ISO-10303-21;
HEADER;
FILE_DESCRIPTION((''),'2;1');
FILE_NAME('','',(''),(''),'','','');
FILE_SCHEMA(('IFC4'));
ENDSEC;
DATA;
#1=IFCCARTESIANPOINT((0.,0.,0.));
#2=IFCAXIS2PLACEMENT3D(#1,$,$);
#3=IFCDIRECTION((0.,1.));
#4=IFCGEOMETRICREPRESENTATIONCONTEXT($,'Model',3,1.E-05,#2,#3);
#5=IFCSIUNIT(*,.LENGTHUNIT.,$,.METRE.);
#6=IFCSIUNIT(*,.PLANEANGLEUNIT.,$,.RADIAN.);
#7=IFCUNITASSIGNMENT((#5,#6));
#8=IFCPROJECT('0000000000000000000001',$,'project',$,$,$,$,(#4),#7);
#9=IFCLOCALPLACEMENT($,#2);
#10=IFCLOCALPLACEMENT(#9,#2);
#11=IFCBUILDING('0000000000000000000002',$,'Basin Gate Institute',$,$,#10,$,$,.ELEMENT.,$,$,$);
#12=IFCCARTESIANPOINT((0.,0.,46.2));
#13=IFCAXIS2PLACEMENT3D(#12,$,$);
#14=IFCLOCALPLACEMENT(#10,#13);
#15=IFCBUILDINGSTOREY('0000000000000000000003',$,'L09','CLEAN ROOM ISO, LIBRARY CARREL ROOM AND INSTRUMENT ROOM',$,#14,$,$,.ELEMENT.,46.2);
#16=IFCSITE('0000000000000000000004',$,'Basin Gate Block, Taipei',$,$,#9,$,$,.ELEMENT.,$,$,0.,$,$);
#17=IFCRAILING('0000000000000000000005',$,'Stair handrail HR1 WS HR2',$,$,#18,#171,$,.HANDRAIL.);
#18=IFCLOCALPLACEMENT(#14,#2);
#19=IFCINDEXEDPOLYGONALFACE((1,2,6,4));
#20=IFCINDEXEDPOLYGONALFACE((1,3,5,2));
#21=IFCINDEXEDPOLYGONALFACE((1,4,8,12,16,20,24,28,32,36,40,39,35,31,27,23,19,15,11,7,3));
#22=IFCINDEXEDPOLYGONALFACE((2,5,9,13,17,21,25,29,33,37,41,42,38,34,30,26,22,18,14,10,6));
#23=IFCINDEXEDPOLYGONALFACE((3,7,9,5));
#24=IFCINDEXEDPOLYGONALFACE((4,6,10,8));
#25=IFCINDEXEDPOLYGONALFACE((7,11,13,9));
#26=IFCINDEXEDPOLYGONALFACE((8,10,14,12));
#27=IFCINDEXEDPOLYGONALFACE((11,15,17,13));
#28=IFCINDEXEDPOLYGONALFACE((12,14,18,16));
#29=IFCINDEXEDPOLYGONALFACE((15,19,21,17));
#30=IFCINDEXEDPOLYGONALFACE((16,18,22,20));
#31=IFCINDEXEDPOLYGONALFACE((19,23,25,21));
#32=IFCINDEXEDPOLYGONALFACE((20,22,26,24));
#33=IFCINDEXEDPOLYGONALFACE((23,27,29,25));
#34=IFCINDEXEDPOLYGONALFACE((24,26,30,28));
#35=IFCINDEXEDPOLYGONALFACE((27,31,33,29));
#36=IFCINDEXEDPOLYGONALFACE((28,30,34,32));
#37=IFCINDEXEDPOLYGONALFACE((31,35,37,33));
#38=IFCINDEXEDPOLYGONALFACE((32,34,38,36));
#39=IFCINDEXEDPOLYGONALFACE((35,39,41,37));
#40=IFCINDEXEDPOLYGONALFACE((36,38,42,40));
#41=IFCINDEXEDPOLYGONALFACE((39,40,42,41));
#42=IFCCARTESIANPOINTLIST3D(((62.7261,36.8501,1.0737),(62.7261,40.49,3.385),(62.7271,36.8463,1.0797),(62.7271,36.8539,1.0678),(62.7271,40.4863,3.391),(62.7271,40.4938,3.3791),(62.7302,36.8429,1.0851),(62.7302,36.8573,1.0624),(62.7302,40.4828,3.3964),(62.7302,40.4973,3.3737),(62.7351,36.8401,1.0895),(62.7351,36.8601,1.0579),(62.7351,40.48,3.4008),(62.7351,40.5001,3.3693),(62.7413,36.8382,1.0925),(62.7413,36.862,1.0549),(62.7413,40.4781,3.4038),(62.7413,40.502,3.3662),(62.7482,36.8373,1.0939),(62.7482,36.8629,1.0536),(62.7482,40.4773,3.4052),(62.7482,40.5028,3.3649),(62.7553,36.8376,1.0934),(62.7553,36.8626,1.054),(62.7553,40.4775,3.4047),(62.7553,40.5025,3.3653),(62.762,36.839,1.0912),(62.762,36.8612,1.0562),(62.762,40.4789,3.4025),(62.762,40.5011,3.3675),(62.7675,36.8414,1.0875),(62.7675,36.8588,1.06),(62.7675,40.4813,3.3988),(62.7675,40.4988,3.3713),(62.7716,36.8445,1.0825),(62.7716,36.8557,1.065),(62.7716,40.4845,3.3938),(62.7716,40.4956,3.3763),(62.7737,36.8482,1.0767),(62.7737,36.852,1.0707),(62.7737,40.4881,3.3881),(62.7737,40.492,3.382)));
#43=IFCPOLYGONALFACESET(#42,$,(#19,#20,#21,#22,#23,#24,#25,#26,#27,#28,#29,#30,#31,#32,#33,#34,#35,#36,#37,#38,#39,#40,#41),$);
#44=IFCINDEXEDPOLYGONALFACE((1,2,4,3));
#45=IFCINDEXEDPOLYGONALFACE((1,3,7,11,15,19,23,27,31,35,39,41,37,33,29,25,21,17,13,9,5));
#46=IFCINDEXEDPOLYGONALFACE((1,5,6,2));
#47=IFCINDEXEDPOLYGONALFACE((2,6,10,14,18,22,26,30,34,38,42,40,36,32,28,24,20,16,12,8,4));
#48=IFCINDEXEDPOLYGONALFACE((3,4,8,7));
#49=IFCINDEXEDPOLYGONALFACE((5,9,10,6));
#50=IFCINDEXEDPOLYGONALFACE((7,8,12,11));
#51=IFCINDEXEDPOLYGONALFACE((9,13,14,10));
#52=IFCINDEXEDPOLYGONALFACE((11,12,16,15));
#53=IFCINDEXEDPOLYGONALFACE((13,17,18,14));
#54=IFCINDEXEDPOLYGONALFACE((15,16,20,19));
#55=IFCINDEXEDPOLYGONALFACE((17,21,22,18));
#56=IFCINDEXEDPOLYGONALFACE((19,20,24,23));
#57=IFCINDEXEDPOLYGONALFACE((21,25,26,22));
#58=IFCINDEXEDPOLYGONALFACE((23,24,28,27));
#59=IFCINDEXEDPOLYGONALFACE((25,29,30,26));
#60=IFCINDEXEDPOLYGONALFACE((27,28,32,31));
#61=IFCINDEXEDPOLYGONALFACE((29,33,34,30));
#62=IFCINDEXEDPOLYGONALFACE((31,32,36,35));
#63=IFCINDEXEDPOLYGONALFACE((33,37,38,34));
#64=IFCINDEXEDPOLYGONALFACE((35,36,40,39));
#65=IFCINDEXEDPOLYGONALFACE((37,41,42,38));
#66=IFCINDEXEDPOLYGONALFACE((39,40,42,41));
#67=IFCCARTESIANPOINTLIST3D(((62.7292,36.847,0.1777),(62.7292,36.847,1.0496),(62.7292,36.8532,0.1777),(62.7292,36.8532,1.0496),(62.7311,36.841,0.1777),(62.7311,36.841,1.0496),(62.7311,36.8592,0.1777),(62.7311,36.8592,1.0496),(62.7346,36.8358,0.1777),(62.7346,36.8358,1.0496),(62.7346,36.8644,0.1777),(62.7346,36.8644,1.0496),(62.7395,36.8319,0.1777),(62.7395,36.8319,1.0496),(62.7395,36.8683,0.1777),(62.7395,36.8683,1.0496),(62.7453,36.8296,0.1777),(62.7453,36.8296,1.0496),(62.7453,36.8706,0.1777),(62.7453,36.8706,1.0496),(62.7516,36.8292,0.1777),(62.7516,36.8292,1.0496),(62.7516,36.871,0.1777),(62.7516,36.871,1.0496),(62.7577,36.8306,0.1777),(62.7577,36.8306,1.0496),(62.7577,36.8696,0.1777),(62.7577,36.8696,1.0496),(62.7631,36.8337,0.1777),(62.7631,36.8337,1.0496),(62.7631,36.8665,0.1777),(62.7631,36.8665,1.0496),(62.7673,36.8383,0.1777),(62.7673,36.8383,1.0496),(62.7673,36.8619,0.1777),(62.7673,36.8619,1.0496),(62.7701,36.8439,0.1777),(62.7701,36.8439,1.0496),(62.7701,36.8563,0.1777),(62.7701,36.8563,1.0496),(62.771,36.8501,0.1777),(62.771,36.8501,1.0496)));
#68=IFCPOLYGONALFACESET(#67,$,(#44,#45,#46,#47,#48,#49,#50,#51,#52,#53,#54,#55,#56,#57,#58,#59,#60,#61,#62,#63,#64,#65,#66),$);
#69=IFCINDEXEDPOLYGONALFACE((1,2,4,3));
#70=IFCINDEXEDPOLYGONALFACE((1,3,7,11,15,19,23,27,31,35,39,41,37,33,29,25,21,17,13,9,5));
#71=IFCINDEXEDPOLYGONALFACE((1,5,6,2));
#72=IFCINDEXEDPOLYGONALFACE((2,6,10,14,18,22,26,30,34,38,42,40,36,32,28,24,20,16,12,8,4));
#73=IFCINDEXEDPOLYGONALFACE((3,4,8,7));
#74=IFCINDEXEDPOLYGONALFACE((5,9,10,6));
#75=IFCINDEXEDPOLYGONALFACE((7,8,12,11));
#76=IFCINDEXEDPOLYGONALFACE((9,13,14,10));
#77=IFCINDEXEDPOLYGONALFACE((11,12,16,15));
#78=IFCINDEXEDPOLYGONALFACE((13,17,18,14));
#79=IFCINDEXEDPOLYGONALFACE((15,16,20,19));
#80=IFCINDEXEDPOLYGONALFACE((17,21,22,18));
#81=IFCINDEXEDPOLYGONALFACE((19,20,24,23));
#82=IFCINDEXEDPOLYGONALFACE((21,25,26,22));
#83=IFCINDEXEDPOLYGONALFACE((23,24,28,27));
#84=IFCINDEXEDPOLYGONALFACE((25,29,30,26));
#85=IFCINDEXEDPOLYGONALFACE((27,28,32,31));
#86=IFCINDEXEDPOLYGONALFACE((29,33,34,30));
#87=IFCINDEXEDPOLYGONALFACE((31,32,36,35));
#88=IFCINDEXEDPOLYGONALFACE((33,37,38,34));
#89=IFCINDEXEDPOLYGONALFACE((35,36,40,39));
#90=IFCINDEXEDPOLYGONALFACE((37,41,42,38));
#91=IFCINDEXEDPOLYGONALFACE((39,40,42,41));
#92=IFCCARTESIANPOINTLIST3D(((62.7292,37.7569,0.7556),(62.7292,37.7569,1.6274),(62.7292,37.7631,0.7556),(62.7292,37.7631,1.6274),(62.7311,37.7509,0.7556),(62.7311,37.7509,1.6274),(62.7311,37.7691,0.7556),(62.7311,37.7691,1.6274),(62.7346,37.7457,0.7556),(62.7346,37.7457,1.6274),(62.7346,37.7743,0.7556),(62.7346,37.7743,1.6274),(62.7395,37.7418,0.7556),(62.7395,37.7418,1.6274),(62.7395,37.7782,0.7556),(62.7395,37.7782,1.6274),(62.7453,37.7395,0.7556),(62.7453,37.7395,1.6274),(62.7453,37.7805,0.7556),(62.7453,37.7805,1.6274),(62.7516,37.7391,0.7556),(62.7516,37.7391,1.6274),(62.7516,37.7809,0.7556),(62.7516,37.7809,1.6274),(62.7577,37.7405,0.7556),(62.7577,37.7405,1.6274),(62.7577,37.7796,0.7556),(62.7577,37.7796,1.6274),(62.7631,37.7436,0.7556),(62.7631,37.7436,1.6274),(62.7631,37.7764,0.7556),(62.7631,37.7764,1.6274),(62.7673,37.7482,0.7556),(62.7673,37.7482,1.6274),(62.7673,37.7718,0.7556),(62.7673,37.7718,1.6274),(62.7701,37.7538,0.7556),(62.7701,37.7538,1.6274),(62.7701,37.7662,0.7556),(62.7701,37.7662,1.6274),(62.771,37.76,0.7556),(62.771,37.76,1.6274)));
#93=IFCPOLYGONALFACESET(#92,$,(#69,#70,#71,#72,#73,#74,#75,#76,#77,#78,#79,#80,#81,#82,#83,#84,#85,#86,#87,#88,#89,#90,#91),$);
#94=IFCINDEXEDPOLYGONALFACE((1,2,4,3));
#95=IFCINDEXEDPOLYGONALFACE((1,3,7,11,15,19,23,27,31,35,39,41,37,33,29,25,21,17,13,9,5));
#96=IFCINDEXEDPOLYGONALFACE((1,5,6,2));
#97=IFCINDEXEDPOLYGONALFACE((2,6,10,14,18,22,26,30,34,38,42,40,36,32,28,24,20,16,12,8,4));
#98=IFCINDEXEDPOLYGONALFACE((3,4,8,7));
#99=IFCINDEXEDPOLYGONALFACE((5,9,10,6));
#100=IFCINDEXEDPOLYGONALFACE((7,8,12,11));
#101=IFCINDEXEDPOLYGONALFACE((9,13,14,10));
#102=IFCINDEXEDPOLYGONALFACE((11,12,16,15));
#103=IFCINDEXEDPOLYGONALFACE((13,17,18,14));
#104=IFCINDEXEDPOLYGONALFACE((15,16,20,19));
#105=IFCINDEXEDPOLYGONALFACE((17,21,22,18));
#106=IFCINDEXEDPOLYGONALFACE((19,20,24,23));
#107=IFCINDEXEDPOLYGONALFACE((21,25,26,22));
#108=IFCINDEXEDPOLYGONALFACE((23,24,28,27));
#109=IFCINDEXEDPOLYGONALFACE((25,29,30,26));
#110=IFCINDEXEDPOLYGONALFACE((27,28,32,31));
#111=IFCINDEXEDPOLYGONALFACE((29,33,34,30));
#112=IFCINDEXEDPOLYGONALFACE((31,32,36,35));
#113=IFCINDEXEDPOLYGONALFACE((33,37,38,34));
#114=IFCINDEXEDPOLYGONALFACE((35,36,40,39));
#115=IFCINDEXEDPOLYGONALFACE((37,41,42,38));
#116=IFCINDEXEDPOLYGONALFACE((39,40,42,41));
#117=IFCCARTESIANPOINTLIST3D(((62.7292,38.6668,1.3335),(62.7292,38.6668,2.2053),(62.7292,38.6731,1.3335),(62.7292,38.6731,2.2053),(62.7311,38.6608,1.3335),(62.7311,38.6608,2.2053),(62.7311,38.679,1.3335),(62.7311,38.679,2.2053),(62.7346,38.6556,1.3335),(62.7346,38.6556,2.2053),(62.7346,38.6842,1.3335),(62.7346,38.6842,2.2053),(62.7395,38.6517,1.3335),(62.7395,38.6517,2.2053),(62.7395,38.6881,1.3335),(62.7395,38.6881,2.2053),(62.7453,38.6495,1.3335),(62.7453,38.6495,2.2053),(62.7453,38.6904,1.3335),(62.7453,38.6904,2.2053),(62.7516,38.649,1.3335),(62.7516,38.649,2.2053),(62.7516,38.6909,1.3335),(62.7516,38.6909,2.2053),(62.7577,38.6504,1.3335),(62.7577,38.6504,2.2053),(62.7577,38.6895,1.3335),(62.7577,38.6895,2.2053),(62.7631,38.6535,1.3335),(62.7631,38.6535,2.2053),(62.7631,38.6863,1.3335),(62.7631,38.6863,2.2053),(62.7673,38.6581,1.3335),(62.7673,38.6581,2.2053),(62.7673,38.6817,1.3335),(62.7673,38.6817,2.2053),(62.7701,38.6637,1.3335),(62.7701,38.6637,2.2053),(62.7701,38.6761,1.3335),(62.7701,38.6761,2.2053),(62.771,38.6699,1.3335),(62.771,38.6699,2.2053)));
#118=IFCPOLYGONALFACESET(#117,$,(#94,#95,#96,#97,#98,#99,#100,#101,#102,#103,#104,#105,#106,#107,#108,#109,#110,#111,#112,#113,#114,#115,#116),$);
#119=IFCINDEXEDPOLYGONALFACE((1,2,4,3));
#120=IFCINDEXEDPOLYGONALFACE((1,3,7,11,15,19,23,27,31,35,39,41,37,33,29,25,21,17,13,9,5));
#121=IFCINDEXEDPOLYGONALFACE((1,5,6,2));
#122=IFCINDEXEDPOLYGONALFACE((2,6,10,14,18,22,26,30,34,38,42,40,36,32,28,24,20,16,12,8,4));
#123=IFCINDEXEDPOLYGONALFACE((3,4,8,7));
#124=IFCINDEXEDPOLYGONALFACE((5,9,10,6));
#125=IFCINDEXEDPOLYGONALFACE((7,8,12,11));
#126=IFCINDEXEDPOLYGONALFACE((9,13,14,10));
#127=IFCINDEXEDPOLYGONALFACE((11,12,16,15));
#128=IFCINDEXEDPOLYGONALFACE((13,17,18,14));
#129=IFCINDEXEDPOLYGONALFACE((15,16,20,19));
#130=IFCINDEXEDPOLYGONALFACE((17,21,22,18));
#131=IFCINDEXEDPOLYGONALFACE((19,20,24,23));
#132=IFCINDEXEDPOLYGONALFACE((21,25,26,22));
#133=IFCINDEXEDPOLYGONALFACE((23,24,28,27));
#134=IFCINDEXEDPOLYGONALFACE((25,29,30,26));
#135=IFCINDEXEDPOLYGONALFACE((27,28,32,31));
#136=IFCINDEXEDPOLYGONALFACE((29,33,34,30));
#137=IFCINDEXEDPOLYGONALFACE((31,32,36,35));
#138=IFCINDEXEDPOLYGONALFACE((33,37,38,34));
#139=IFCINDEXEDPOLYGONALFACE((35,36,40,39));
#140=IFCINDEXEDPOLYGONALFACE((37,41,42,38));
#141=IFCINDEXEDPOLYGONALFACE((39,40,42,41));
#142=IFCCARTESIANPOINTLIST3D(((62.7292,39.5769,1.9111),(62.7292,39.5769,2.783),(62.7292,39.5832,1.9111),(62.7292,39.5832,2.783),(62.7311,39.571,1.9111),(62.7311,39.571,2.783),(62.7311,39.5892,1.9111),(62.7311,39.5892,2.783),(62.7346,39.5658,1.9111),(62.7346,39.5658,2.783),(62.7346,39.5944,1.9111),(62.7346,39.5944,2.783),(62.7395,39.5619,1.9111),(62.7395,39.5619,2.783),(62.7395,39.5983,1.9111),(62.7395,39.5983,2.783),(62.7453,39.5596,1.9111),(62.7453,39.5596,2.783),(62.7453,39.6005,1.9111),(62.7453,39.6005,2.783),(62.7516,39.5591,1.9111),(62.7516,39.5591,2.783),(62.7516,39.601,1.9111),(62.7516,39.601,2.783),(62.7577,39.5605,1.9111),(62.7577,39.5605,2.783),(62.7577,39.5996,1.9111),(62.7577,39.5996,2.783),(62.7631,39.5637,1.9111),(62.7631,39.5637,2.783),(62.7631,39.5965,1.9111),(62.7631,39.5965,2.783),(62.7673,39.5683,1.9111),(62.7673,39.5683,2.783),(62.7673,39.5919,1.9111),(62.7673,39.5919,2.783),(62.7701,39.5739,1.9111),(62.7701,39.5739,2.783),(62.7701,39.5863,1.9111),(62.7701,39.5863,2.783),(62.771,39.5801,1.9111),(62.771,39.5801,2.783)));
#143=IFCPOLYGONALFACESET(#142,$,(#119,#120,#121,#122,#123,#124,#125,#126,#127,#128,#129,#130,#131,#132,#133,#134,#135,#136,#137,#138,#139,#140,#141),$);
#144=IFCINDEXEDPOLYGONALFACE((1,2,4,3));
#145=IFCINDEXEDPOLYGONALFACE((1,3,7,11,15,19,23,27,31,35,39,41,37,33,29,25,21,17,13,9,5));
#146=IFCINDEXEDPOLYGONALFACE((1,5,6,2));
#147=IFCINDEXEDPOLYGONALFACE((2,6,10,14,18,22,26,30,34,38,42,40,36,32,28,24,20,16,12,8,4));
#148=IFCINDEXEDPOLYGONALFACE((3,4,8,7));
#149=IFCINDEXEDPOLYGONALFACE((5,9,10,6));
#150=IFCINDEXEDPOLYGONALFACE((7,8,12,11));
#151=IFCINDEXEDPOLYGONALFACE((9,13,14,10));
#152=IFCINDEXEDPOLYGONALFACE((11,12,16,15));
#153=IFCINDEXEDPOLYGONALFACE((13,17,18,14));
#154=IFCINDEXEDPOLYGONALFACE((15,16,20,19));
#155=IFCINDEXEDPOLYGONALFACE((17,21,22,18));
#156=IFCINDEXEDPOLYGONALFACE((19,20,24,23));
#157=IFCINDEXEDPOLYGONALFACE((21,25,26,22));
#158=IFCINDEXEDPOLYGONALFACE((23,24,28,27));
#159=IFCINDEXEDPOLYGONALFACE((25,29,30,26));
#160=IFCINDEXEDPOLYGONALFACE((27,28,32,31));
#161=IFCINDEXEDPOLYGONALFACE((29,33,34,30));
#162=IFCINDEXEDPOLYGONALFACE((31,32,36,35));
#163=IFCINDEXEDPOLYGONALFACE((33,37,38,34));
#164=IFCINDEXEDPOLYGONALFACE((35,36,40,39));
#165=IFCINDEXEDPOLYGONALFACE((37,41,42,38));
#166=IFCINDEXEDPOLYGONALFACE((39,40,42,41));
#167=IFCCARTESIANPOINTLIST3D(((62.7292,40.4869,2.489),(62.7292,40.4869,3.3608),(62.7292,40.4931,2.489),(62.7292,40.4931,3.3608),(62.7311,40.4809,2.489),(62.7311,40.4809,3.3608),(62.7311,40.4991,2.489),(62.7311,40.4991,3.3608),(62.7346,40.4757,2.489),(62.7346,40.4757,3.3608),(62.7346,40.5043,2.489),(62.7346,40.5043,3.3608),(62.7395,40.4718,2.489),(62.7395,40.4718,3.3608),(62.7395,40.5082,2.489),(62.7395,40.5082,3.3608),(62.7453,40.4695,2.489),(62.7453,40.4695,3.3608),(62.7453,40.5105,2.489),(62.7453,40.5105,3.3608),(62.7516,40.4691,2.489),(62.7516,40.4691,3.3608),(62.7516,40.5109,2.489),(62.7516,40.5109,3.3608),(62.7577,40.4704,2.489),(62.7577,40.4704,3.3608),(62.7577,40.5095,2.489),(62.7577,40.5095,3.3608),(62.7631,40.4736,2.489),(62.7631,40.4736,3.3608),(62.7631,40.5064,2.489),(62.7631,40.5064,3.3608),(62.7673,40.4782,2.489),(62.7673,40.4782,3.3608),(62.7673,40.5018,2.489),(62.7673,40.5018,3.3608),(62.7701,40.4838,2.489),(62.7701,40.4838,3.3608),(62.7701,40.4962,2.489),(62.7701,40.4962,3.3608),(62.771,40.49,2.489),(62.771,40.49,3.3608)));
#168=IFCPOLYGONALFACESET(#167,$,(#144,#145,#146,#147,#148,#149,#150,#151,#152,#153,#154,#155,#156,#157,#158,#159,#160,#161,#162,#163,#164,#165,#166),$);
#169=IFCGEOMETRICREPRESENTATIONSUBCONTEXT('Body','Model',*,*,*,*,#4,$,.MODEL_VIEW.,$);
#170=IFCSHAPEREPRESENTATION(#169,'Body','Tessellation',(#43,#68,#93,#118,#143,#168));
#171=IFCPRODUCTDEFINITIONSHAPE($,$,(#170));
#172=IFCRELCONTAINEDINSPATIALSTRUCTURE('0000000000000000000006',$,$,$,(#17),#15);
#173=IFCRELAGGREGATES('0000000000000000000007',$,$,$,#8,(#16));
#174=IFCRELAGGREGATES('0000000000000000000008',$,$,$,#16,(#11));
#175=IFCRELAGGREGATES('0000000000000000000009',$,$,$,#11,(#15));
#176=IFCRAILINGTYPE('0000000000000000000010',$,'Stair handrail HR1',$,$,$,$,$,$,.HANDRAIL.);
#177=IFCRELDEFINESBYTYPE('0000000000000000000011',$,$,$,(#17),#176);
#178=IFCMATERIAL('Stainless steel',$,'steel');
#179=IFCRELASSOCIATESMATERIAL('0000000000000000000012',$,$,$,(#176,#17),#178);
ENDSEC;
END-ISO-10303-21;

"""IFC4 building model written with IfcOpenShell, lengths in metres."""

from ifc_helpers import new_model, si_unit, direction, frame, origin, origin_2d, place, context, subcontext, project, spatial, circle, extrude, material, type_object, element, save


model = new_model("IFC4")

# Units and contexts
model_context = context("Model", 3, precision=1e-05, world=origin(), true_north=direction((0.0, 1.0)))
body_context = subcontext(model_context, "Body", "Model", "MODEL_VIEW")
ifc_project = project(units=[si_unit("LENGTHUNIT", "METRE"), si_unit("PLANEANGLEUNIT", "RADIAN")], contexts=[model_context])

# Site, building, storey
site_placement = place(None, origin())
site = spatial("IfcSite", under=ifc_project, at=site_placement, Name="Basin Gate Block, Taipei", CompositionType="ELEMENT", RefElevation=0.0)
building_placement = place(site_placement, origin())
building = spatial("IfcBuilding", under=site, at=building_placement, Name="Basin Gate Institute", CompositionType="ELEMENT")
storey_placement = place(building_placement, frame((0.0, 0.0, 46.2)))
storey = spatial("IfcBuildingStorey", under=building, at=storey_placement, Name="L09", Description="CLEAN ROOM ISO, LIBRARY CARREL ROOM AND INSTRUMENT ROOM", CompositionType="ELEMENT", Elevation=46.2)

# Railing
ifc_material_1 = material(Name="Stainless steel", Category="steel")
railing_type_1 = type_object("IfcRailingType", Name="Stair handrail HR1", PredefinedType="HANDRAIL", material=ifc_material_1)
for number, where, name in (
    (1, (62.75, 36.8501, 0.1777), "Stair handrail HR1 WS HR2"),
):
    element("IfcRailing", number, at=place(storey_placement, frame(where)), inside=storey, type_object=railing_type_1, material=ifc_material_1, Name=name, PredefinedType="HANDRAIL", context=body_context, shape_type="SweptSolid", body=[
        extrude(circle(Radius=0.0239, at=origin_2d()), frame((0.0, 0.0, 0.896), z_axis=(0.0, 0.844188, 0.536047), x_axis=(-1.0, 0.0, 0.0)), (0.0, 0.0, 1.0), 4.3118),
        extrude(circle(Radius=0.021, at=origin_2d()), origin(), (0.0, 0.0, 1.0), 0.8718),
        extrude(circle(Radius=0.021, at=origin_2d()), frame((0.0, 0.9099, 0.5779)), (0.0, 0.0, 1.0), 0.8718),
        extrude(circle(Radius=0.021, at=origin_2d()), frame((0.0, 1.8198, 1.1558)), (0.0, 0.0, 1.0), 0.8718),
        extrude(circle(Radius=0.021, at=origin_2d()), frame((0.0, 2.73, 1.7334)), (0.0, 0.0, 1.0), 0.8718),
        extrude(circle(Radius=0.021, at=origin_2d()), frame((0.0, 3.6399, 2.3113)), (0.0, 0.0, 1.0), 0.8718),
    ])

save(model, "model.ifc")
